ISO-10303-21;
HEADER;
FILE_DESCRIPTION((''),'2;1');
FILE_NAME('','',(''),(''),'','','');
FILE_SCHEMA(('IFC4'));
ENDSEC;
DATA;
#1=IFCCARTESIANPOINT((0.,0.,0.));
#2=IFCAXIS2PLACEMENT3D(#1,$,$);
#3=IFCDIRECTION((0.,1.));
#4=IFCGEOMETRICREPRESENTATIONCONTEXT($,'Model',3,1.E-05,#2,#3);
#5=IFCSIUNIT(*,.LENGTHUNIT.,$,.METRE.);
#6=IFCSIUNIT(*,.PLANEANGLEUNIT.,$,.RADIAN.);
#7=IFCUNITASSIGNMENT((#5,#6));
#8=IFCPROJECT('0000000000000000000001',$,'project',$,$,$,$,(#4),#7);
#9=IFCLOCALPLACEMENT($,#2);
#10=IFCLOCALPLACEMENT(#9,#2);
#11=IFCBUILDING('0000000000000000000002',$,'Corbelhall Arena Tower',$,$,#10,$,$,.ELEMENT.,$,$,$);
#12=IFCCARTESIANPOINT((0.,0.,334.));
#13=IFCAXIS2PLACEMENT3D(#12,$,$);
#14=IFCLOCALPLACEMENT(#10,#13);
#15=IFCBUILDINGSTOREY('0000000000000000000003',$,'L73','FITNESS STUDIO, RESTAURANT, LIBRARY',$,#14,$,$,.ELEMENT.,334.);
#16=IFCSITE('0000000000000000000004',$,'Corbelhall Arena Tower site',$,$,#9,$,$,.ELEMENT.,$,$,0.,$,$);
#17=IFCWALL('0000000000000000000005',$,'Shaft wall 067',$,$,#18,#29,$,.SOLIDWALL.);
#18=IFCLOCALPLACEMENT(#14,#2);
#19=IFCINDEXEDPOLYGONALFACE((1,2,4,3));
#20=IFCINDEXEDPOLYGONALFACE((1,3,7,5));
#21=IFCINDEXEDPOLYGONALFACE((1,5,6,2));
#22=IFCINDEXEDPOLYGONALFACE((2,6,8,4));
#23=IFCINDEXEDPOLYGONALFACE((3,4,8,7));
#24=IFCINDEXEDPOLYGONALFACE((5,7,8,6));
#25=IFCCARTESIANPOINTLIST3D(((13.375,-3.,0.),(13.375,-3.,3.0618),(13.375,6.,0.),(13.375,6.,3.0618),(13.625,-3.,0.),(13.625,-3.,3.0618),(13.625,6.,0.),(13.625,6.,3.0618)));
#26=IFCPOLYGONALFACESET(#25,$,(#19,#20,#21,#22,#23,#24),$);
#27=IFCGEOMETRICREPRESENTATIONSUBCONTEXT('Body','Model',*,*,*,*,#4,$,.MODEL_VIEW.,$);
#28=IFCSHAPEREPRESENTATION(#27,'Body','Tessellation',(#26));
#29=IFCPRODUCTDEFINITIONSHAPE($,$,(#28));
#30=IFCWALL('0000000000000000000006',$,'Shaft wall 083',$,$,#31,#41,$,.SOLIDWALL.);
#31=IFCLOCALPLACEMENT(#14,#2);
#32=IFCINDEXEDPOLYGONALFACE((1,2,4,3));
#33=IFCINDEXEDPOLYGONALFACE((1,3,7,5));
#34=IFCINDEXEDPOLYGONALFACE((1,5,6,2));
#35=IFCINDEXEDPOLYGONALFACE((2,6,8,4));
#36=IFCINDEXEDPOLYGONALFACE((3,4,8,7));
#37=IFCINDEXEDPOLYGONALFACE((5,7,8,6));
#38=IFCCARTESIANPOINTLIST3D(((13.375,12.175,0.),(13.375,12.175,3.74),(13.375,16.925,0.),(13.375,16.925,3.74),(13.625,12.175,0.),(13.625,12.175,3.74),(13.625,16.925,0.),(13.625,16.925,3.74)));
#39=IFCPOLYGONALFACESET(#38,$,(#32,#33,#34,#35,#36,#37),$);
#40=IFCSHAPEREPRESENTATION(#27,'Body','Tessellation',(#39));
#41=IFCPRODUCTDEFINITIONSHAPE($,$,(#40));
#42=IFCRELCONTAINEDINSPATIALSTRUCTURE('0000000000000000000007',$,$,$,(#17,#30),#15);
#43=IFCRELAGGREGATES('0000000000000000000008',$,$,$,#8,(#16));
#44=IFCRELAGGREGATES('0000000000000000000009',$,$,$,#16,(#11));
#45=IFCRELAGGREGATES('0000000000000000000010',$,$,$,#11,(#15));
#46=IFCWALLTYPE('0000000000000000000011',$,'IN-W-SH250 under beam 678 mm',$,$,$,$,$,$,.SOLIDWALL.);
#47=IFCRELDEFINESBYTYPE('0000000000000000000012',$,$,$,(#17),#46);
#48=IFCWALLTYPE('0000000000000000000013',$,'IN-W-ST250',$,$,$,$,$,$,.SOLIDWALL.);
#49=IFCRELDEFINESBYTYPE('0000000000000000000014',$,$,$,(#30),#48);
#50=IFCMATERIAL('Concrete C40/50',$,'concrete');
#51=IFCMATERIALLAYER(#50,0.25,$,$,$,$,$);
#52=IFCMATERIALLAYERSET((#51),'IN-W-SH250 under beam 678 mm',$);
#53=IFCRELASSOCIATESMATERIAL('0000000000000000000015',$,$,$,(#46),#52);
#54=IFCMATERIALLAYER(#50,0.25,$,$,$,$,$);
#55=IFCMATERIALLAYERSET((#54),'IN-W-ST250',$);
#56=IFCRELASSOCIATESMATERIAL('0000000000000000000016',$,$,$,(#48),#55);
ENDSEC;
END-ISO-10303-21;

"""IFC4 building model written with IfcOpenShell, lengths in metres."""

from ifc_helpers import new_model, si_unit, direction, frame, frame_2d, origin, place, context, subcontext, project, spatial, rectangle, extrude, material, layer, layer_set, type_object, element, save


model = new_model("IFC4")

# Units and contexts
model_context = context("Model", 3, precision=1e-05, world=origin(), true_north=direction((0.0, 1.0)))
body_context = subcontext(model_context, "Body", "Model", "MODEL_VIEW")
ifc_project = project(units=[si_unit("LENGTHUNIT", "METRE"), si_unit("PLANEANGLEUNIT", "RADIAN")], contexts=[model_context])

# Site, building, storey
site_placement = place(None, origin())
site = spatial("IfcSite", under=ifc_project, at=site_placement, Name="Corbelhall Arena Tower site", CompositionType="ELEMENT", RefElevation=0.0)
building_placement = place(site_placement, origin())
building = spatial("IfcBuilding", under=site, at=building_placement, Name="Corbelhall Arena Tower", CompositionType="ELEMENT")
storey_placement = place(building_placement, frame((0.0, 0.0, 334.0)))
storey = spatial("IfcBuildingStorey", under=building, at=storey_placement, Name="L73", Description="FITNESS STUDIO, RESTAURANT, LIBRARY", CompositionType="ELEMENT", Elevation=334.0)

# Walls
ifc_material_1 = material(Name="Concrete C40/50", Category="concrete")
ifc_layer_1 = layer(ifc_material_1, 0.25)
ifc_layer_set_1 = layer_set([ifc_layer_1], Name="IN-W-SH250 under beam 678 mm")
wall_type_1 = type_object("IfcWallType", Name="IN-W-SH250 under beam 678 mm", PredefinedType="SOLIDWALL", material=ifc_layer_set_1)
wall_1_placement = place(storey_placement, frame((13.5, 6.0, 0.0), z_axis=(0.0, 0.0, 1.0), x_axis=(0.0, -1.0, 0.0)))
element("IfcWall", 1, at=wall_1_placement, inside=storey, type_object=wall_type_1, Name="Shaft wall 067", PredefinedType="SOLIDWALL", context=body_context, shape_type="SweptSolid", body=[
    extrude(rectangle(XDim=9.0, YDim=0.25, at=frame_2d((4.5, 0.0))), origin(), (0.0, 0.0, 1.0), 3.0618),
])
ifc_layer_2 = layer(ifc_material_1, 0.25)
ifc_layer_set_2 = layer_set([ifc_layer_2], Name="IN-W-ST250")
wall_type_2 = type_object("IfcWallType", Name="IN-W-ST250", PredefinedType="SOLIDWALL", material=ifc_layer_set_2)
wall_2_placement = place(storey_placement, frame((13.5, 12.175, 0.0), z_axis=(0.0, 0.0, 1.0), x_axis=(0.0, 1.0, 0.0)))
element("IfcWall", 2, at=wall_2_placement, inside=storey, type_object=wall_type_2, Name="Shaft wall 083", PredefinedType="SOLIDWALL", context=body_context, shape_type="SweptSolid", body=[
    extrude(rectangle(XDim=4.75, YDim=0.25, at=frame_2d((2.375, 0.0))), origin(), (0.0, 0.0, 1.0), 3.74),
])

save(model, "model.ifc")
